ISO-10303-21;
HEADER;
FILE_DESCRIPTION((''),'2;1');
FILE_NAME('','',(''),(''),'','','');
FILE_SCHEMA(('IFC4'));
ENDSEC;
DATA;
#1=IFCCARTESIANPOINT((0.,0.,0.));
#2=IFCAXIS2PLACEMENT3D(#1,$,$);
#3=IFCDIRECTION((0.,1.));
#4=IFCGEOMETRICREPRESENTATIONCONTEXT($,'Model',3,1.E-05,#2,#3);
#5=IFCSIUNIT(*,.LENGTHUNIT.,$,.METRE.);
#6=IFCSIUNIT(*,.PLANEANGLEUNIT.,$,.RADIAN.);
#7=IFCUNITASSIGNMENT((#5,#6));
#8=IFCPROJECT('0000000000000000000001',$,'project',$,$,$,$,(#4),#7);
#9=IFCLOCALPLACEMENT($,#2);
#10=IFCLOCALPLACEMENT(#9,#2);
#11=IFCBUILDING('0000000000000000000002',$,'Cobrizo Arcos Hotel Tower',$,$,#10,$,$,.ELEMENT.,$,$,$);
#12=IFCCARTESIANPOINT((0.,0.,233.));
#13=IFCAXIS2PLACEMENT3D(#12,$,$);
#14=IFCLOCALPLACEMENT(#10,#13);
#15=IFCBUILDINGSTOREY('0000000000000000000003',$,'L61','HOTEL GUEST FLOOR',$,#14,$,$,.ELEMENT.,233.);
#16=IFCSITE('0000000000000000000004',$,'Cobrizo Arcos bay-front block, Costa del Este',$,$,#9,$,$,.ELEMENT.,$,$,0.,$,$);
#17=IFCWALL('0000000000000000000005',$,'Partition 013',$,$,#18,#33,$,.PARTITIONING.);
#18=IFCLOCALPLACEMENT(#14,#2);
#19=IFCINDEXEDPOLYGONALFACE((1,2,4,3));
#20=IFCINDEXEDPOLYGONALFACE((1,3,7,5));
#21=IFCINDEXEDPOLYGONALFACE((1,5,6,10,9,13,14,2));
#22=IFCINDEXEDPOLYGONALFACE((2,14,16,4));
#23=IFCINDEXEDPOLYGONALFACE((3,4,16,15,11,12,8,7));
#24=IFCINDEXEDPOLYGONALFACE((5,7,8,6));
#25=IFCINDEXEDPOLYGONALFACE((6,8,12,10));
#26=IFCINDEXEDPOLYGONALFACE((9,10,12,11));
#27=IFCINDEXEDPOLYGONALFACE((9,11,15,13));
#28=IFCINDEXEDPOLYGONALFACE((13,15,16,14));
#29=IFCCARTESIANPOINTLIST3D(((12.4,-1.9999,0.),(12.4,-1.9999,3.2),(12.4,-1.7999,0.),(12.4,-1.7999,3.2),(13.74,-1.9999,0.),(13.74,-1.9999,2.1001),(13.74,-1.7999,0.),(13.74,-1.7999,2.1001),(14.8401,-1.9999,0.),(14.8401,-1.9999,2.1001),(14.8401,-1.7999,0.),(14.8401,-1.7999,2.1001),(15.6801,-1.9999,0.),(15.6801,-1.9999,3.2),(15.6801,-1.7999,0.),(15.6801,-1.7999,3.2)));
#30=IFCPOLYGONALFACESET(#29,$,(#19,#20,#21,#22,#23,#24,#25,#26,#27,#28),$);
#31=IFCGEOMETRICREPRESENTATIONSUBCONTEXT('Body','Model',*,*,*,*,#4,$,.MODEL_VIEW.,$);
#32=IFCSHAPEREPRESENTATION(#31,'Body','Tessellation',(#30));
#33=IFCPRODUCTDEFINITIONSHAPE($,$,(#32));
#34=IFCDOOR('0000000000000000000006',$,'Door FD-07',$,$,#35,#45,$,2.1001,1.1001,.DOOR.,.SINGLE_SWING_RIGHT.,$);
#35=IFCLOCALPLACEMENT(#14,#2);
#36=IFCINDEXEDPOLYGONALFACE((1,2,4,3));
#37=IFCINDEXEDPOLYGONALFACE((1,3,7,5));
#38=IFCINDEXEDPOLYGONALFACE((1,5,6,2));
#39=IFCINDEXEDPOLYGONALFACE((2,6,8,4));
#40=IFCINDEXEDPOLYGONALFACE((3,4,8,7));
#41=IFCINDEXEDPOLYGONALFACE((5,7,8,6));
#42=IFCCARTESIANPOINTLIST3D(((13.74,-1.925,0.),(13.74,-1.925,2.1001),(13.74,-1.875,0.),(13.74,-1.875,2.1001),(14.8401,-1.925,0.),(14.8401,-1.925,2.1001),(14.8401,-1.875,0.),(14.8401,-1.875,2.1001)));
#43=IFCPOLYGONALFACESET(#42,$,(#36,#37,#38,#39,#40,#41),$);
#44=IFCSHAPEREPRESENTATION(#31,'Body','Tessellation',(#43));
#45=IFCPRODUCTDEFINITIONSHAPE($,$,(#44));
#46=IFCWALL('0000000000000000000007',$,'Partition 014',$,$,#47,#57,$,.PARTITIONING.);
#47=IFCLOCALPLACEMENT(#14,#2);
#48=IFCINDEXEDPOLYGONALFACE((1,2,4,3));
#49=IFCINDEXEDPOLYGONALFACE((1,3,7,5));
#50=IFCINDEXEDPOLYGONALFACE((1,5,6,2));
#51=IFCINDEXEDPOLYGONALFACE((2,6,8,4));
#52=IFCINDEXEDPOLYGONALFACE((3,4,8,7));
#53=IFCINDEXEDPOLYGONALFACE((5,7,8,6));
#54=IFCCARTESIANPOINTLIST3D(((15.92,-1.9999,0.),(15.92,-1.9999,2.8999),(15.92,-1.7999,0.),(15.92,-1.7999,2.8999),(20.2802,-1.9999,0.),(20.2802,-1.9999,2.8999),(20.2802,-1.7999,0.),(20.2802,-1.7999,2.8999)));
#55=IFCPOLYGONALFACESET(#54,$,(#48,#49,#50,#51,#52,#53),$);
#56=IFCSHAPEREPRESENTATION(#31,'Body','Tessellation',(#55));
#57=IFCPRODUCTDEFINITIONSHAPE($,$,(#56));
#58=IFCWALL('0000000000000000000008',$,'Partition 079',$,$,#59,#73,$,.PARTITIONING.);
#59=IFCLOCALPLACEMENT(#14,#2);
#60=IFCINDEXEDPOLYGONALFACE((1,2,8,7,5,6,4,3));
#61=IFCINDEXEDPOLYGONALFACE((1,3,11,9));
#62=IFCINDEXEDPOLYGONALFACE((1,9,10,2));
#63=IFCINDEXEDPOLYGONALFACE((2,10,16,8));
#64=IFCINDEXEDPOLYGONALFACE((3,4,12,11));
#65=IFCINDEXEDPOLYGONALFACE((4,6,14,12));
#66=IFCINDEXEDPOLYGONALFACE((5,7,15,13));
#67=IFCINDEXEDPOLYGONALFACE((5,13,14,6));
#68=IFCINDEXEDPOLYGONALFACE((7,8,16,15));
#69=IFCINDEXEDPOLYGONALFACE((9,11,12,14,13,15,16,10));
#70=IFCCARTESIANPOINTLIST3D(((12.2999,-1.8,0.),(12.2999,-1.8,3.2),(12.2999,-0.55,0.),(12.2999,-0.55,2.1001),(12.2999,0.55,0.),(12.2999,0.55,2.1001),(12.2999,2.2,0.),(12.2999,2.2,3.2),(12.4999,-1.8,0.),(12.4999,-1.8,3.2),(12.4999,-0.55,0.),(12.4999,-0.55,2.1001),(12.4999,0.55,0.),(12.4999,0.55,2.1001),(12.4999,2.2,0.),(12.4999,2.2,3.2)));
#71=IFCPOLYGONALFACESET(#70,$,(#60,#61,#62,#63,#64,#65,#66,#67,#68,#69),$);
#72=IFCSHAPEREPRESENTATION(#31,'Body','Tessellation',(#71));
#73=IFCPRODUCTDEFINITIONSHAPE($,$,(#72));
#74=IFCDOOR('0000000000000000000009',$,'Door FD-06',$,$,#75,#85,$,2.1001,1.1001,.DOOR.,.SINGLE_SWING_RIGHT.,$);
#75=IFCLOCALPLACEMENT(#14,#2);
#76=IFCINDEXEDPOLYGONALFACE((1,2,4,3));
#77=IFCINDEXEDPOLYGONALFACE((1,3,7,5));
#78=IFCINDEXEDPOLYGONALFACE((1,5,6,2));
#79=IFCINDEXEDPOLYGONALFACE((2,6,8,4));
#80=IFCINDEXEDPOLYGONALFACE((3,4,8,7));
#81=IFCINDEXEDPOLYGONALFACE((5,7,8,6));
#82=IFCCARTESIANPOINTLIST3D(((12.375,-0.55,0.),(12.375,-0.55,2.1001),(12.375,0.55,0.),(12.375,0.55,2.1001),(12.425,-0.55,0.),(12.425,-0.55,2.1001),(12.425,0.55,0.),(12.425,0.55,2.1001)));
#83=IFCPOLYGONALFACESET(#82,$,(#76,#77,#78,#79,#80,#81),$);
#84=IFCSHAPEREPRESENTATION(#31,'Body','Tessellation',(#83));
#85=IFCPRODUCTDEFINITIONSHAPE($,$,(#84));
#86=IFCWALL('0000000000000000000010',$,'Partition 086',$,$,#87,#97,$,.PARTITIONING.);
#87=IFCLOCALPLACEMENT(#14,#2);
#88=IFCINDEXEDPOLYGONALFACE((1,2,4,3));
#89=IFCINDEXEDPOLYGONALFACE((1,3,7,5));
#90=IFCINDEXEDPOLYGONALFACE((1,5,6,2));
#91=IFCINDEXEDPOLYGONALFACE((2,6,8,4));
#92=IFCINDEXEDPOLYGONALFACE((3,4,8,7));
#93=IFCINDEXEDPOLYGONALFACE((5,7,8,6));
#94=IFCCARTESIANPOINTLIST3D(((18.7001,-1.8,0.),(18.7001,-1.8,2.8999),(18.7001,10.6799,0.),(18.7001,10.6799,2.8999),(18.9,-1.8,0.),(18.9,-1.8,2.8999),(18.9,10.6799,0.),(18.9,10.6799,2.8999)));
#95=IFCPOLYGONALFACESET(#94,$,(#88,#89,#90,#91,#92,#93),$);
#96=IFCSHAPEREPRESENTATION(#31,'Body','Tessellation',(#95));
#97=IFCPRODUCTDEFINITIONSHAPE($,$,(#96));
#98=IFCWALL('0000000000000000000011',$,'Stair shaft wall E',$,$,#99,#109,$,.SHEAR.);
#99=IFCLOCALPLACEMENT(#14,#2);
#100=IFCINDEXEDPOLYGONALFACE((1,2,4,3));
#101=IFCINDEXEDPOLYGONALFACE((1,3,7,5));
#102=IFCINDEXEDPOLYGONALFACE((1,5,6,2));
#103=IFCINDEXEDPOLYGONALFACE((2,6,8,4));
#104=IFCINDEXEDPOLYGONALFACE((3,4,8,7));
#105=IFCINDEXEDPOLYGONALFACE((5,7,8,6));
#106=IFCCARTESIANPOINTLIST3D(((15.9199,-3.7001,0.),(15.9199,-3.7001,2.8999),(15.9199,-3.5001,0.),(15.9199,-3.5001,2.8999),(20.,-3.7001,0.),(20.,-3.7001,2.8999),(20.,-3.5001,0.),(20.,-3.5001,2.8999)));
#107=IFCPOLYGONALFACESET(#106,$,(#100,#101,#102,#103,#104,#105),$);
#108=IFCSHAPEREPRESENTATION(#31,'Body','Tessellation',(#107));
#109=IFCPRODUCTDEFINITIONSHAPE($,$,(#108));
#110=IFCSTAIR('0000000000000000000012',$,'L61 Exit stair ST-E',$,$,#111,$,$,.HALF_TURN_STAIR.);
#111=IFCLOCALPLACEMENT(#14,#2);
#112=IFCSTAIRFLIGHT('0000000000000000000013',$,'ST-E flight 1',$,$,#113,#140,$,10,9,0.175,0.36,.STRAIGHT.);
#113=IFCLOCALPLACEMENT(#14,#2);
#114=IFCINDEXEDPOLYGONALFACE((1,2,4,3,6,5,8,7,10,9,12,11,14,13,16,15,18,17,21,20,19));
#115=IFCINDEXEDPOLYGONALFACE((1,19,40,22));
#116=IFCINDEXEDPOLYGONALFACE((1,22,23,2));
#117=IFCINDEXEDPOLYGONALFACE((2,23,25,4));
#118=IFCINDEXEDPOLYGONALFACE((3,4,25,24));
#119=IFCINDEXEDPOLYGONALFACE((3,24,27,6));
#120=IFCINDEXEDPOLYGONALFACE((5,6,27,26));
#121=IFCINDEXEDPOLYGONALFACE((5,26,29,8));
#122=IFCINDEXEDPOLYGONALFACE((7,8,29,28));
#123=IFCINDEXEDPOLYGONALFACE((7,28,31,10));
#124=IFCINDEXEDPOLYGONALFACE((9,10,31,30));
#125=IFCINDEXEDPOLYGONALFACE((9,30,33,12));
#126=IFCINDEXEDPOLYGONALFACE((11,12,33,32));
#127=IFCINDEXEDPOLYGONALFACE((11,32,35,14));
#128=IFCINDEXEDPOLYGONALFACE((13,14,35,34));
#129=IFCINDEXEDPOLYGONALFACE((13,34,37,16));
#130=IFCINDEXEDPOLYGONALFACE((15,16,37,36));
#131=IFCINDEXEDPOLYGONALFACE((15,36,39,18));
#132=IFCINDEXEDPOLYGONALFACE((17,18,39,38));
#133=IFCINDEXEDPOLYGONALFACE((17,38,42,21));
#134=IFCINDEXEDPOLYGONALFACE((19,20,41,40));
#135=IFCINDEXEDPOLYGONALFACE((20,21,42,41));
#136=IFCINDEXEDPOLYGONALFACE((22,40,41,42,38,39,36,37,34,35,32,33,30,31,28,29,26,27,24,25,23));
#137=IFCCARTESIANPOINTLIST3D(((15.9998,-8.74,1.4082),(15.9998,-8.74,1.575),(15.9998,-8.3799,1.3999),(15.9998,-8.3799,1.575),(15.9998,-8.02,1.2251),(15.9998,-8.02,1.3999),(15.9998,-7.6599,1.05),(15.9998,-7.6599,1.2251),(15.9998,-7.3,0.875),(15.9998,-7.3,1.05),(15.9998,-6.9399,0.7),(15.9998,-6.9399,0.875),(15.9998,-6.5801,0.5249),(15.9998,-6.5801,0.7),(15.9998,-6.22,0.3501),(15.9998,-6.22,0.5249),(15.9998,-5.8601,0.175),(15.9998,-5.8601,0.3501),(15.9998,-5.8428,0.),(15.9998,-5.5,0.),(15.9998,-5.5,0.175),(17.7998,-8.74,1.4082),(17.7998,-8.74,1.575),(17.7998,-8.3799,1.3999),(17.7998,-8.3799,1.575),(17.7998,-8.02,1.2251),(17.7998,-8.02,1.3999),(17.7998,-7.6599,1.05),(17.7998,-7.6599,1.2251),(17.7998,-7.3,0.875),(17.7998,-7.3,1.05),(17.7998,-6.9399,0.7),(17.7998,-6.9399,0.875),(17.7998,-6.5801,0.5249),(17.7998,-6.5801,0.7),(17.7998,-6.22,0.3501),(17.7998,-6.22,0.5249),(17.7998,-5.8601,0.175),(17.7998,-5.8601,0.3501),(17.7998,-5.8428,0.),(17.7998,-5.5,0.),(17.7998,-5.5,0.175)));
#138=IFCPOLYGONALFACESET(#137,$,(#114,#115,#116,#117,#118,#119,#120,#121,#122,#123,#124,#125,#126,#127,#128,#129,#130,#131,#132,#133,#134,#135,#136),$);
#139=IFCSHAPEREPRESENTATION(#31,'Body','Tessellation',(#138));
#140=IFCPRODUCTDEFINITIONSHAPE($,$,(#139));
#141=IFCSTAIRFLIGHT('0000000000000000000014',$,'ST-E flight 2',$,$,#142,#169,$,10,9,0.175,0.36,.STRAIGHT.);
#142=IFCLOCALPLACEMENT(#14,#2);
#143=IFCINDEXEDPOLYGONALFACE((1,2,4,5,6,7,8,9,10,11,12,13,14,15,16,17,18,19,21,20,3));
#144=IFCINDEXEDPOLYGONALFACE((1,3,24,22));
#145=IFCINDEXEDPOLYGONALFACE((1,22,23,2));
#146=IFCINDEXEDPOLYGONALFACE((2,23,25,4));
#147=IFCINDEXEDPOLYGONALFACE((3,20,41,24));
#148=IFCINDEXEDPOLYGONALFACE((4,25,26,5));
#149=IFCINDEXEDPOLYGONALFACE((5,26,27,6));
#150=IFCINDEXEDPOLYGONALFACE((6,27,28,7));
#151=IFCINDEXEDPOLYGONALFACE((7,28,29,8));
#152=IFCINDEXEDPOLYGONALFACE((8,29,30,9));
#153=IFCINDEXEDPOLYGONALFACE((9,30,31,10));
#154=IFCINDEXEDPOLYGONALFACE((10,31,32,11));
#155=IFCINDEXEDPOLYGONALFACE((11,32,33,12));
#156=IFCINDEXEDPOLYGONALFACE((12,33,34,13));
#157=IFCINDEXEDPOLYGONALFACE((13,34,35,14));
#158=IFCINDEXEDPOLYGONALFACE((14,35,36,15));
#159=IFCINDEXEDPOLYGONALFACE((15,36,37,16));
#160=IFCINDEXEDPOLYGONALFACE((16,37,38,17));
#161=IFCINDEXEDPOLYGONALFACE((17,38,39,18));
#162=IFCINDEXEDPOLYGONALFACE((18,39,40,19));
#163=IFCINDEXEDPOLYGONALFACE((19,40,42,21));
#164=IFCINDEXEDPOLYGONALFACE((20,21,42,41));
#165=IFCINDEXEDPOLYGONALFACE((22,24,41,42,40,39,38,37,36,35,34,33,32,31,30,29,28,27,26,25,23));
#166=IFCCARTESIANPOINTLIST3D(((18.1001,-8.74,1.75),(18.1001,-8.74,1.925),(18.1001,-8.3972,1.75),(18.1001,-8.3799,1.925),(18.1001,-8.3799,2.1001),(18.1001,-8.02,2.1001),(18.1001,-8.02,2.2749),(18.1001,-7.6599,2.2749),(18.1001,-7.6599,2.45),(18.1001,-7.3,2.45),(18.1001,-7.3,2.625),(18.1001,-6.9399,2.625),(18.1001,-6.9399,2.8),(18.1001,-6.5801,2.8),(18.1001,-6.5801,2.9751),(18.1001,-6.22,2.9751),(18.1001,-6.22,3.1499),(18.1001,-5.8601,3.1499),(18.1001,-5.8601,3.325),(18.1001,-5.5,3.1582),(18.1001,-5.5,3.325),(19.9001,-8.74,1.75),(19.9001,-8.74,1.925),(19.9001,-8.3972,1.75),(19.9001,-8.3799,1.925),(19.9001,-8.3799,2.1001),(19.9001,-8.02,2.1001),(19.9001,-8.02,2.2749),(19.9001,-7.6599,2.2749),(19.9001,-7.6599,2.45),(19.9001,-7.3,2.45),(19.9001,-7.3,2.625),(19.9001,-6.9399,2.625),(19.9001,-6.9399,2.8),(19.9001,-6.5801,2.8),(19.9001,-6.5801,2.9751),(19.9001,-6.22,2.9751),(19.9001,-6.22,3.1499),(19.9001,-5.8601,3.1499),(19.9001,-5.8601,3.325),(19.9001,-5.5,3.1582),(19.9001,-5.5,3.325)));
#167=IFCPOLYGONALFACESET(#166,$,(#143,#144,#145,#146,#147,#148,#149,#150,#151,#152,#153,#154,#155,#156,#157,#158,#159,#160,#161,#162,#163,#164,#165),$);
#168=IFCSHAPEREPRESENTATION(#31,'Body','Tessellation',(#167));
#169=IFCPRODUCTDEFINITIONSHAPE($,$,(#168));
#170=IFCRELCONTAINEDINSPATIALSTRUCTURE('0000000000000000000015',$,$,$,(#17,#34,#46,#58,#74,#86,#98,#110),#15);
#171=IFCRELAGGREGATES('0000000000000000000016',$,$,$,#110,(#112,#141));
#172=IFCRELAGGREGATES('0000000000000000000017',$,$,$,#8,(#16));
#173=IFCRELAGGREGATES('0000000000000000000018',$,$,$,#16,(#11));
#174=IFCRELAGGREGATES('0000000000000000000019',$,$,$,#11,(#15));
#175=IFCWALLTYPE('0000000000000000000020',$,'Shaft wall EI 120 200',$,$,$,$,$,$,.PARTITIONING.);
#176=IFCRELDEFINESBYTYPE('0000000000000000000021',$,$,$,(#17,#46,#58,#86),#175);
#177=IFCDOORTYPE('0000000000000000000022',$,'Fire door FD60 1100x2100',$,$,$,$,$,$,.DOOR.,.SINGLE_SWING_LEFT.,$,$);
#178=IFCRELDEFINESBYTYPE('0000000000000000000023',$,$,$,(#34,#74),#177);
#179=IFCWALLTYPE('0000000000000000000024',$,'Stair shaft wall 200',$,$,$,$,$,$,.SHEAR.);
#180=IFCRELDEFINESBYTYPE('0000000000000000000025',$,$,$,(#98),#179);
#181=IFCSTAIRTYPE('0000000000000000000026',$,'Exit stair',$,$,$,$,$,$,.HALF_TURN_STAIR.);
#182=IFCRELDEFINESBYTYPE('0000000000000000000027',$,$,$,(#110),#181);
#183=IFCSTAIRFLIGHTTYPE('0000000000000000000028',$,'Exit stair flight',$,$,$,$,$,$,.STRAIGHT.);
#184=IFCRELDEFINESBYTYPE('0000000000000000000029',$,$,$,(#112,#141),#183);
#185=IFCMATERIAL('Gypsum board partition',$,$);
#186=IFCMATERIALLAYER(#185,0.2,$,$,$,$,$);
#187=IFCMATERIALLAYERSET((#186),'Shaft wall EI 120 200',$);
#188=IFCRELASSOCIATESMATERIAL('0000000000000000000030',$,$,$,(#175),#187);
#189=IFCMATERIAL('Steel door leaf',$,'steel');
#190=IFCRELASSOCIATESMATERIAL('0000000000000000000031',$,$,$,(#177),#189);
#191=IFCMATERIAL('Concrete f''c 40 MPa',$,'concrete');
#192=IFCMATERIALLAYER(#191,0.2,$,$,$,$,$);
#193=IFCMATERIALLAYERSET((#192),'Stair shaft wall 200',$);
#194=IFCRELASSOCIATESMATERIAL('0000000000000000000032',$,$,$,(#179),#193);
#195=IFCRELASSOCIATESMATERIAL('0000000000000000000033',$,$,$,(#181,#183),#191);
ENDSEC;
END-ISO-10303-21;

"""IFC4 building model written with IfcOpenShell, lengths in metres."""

from ifc_helpers import new_model, si_unit, direction, frame, frame_2d, origin, place, context, subcontext, project, spatial, polyline, rectangle, outline, extrude, material, layer, layer_set, type_object, element, fill, aggregate, save


model = new_model("IFC4")

# Units and contexts
model_context = context("Model", 3, precision=1e-05, world=origin(), true_north=direction((0.0, 1.0)))
body_context = subcontext(model_context, "Body", "Model", "MODEL_VIEW")
ifc_project = project(units=[si_unit("LENGTHUNIT", "METRE"), si_unit("PLANEANGLEUNIT", "RADIAN")], contexts=[model_context])

# Site, building, storey
site_placement = place(None, origin())
site = spatial("IfcSite", under=ifc_project, at=site_placement, Name="Cobrizo Arcos bay-front block, Costa del Este", CompositionType="ELEMENT", RefElevation=0.0)
building_placement = place(site_placement, origin())
building = spatial("IfcBuilding", under=site, at=building_placement, Name="Cobrizo Arcos Hotel Tower", CompositionType="ELEMENT")
storey_placement = place(building_placement, frame((0.0, 0.0, 233.0)))
storey = spatial("IfcBuildingStorey", under=building, at=storey_placement, Name="L61", Description="HOTEL GUEST FLOOR", CompositionType="ELEMENT", Elevation=233.0)

# Wall, opening, door
ifc_material_1 = material(Name="Gypsum board partition")
ifc_layer_1 = layer(ifc_material_1, 0.2)
ifc_layer_set_1 = layer_set([ifc_layer_1], Name="Shaft wall EI 120 200")
wall_type_1 = type_object("IfcWallType", Name="Shaft wall EI 120 200", PredefinedType="PARTITIONING", material=ifc_layer_set_1)
wall_1_placement = place(storey_placement, frame((12.3999, -1.8999, 0.0), z_axis=(0.0, 0.0, 1.0), x_axis=(1.0, 0.0, 0.0)))
wall_1 = element("IfcWall", 1, at=wall_1_placement, inside=storey, type_object=wall_type_1, Name="Partition 013", PredefinedType="PARTITIONING", context=body_context, shape_type="SweptSolid", body=[
    extrude(rectangle(XDim=3.28, YDim=0.2, at=frame_2d((1.6401, 0.0))), origin(), (0.0, 0.0, 1.0), 3.2),
])
opening_1_placement = place(wall_1_placement, frame((1.3401, 0.0, 0.0)))
opening_1 = element("IfcOpeningElement", 2, at=opening_1_placement, cuts=wall_1, PredefinedType="OPENING", context=body_context, shape_type="SweptSolid", body=[
    extrude(rectangle(XDim=1.1001, YDim=2.1001, at=frame_2d((0.55, 1.05))), frame((0.0, 0.1121, 0.0), z_axis=(0.0, -1.0, 0.0), x_axis=(1.0, 0.0, 0.0)), (0.0, 0.0, 1.0), 0.2239),
])
ifc_material_2 = material(Name="Steel door leaf", Category="steel")
door_type = type_object("IfcDoorType", Name="Fire door FD60 1100x2100", OperationType="SINGLE_SWING_LEFT", PredefinedType="DOOR", material=ifc_material_2)
door_1_placement = place(opening_1_placement, origin())
door_1 = element("IfcDoor", 3, at=door_1_placement, inside=storey, type_object=door_type, Name="Door FD-07", OperationType="SINGLE_SWING_RIGHT", OverallHeight=2.1001, OverallWidth=1.1001, PredefinedType="DOOR", context=body_context, shape_type="SweptSolid", body=[
    extrude(rectangle(XDim=1.1001, YDim=2.1001, at=frame_2d((0.55, 1.05))), frame((0.0, 0.0249, 0.0), z_axis=(0.0, -1.0, 0.0), x_axis=(1.0, 0.0, 0.0)), (0.0, 0.0, 1.0), 0.05),
])
fill(opening_1, door_1)

# Wall
wall_2_placement = place(storey_placement, frame((15.9199, -1.8999, 0.0), z_axis=(0.0, 0.0, 1.0), x_axis=(1.0, 0.0, 0.0)))
element("IfcWall", 4, at=wall_2_placement, inside=storey, type_object=wall_type_1, Name="Partition 014", PredefinedType="PARTITIONING", context=body_context, shape_type="SweptSolid", body=[
    extrude(rectangle(XDim=4.3601, YDim=0.2, at=frame_2d((2.1802, 0.0))), origin(), (0.0, 0.0, 1.0), 2.8999),
])

# Wall, opening, door
wall_3_placement = place(storey_placement, frame((12.3999, -1.8, 0.0), z_axis=(0.0, 0.0, 1.0), x_axis=(0.0, 1.0, 0.0)))
wall_3 = element("IfcWall", 5, at=wall_3_placement, inside=storey, type_object=wall_type_1, Name="Partition 079", PredefinedType="PARTITIONING", context=body_context, shape_type="SweptSolid", body=[
    extrude(rectangle(XDim=4.0, YDim=0.2, at=frame_2d((2.0, 0.0))), origin(), (0.0, 0.0, 1.0), 3.2),
])
opening_2_placement = place(wall_3_placement, frame((1.25, 0.0, 0.0)))
opening_2 = element("IfcOpeningElement", 6, at=opening_2_placement, cuts=wall_3, PredefinedType="OPENING", context=body_context, shape_type="SweptSolid", body=[
    extrude(rectangle(XDim=1.1001, YDim=2.1001, at=frame_2d((0.55, 1.05))), frame((0.0, 0.1121, 0.0), z_axis=(0.0, -1.0, 0.0), x_axis=(1.0, 0.0, 0.0)), (0.0, 0.0, 1.0), 0.2239),
])
door_2_placement = place(opening_2_placement, origin())
door_2 = element("IfcDoor", 7, at=door_2_placement, inside=storey, type_object=door_type, Name="Door FD-06", OperationType="SINGLE_SWING_RIGHT", OverallHeight=2.1001, OverallWidth=1.1001, PredefinedType="DOOR", context=body_context, shape_type="SweptSolid", body=[
    extrude(rectangle(XDim=1.1001, YDim=2.1001, at=frame_2d((0.55, 1.05))), frame((0.0, 0.0249, 0.0), z_axis=(0.0, -1.0, 0.0), x_axis=(1.0, 0.0, 0.0)), (0.0, 0.0, 1.0), 0.05),
])
fill(opening_2, door_2)

# Walls
wall_4_placement = place(storey_placement, frame((18.8, -1.8, 0.0), z_axis=(0.0, 0.0, 1.0), x_axis=(0.0, 1.0, 0.0)))
element("IfcWall", 8, at=wall_4_placement, inside=storey, type_object=wall_type_1, Name="Partition 086", PredefinedType="PARTITIONING", context=body_context, shape_type="SweptSolid", body=[
    extrude(rectangle(XDim=12.48, YDim=0.2, at=frame_2d((6.24, 0.0))), origin(), (0.0, 0.0, 1.0), 2.8999),
])
ifc_material_3 = material(Name="Concrete f'c 40 MPa", Category="concrete")
ifc_layer_2 = layer(ifc_material_3, 0.2)
ifc_layer_set_2 = layer_set([ifc_layer_2], Name="Stair shaft wall 200")
wall_type_2 = type_object("IfcWallType", Name="Stair shaft wall 200", PredefinedType="SHEAR", material=ifc_layer_set_2)
wall_5_placement = place(storey_placement, frame((15.9199, -3.6001, 0.0), z_axis=(0.0, 0.0, 1.0), x_axis=(1.0, 0.0, 0.0)))
element("IfcWall", 9, at=wall_5_placement, inside=storey, type_object=wall_type_2, Name="Stair shaft wall E", PredefinedType="SHEAR", context=body_context, shape_type="SweptSolid", body=[
    extrude(rectangle(XDim=4.0801, YDim=0.2, at=frame_2d((2.04, 0.0))), origin(), (0.0, 0.0, 1.0), 2.8999),
])

# Stair, stair flights
stair_type = type_object("IfcStairType", Name="Exit stair", PredefinedType="HALF_TURN_STAIR", material=ifc_material_3)
stair_placement = place(storey_placement, origin())
stair = element("IfcStair", 10, at=stair_placement, inside=storey, type_object=stair_type, Name="L61 Exit stair ST-E", PredefinedType="HALF_TURN_STAIR")
stair_flight_type = type_object("IfcStairFlightType", Name="Exit stair flight", PredefinedType="STRAIGHT", material=ifc_material_3)
stair_flight_1_placement = place(storey_placement, frame((16.8999, -5.5, 0.0), z_axis=(0.0, 0.0, 1.0), x_axis=(0.0, -1.0, 0.0)))
stair_flight_1 = element("IfcStairFlight", 11, at=stair_flight_1_placement, type_object=stair_flight_type, Name="ST-E flight 1", NumberOfRisers=10, NumberOfTreads=9, PredefinedType="STRAIGHT", RiserHeight=0.175, TreadLength=0.36, context=body_context, shape_type="SweptSolid", body=[
    extrude(outline(polyline([(0.0, 0.0), (0.0, 0.175), (0.3601, 0.175), (0.3601, 0.3501), (0.72, 0.3501), (0.72, 0.5249), (1.0801, 0.5249), (1.0801, 0.7), (1.4399, 0.7), (1.4399, 0.875), (1.8, 0.875), (1.8, 1.05), (2.1599, 1.05), (2.1599, 1.2251), (2.52, 1.2251), (2.52, 1.3999), (2.8799, 1.3999), (2.8799, 1.575), (3.24, 1.575), (3.24, 1.75), (3.24, 1.4082), (0.3428, 0.0), (0.0, 0.0)])), frame((0.0, 0.8999, 0.0), z_axis=(0.0, -1.0, 0.0), x_axis=(1.0, 0.0, 0.0)), (0.0, 0.0, 1.0), 1.8),
])
stair_flight_2_placement = place(storey_placement, frame((19.0, -8.74, 1.75), z_axis=(0.0, 0.0, 1.0), x_axis=(0.0, 1.0, 0.0)))
stair_flight_2 = element("IfcStairFlight", 12, at=stair_flight_2_placement, type_object=stair_flight_type, Name="ST-E flight 2", NumberOfRisers=10, NumberOfTreads=9, PredefinedType="STRAIGHT", RiserHeight=0.175, TreadLength=0.36, context=body_context, shape_type="SweptSolid", body=[
    extrude(outline(polyline([(0.0, 0.0), (0.0, 0.175), (0.3601, 0.175), (0.3601, 0.3501), (0.72, 0.3501), (0.72, 0.5249), (1.0801, 0.5249), (1.0801, 0.7), (1.4399, 0.7), (1.4399, 0.875), (1.8, 0.875), (1.8, 1.05), (2.1599, 1.05), (2.1599, 1.2251), (2.52, 1.2251), (2.52, 1.3999), (2.8799, 1.3999), (2.8799, 1.575), (3.24, 1.575), (3.24, 1.75), (3.24, 1.4082), (0.3428, 0.0), (0.0, 0.0)])), frame((0.0, 0.8999, 0.0), z_axis=(0.0, -1.0, 0.0), x_axis=(1.0, 0.0, 0.0)), (0.0, 0.0, 1.0), 1.8),
])
aggregate(stair, [stair_flight_1, stair_flight_2])

save(model, "model.ifc")
